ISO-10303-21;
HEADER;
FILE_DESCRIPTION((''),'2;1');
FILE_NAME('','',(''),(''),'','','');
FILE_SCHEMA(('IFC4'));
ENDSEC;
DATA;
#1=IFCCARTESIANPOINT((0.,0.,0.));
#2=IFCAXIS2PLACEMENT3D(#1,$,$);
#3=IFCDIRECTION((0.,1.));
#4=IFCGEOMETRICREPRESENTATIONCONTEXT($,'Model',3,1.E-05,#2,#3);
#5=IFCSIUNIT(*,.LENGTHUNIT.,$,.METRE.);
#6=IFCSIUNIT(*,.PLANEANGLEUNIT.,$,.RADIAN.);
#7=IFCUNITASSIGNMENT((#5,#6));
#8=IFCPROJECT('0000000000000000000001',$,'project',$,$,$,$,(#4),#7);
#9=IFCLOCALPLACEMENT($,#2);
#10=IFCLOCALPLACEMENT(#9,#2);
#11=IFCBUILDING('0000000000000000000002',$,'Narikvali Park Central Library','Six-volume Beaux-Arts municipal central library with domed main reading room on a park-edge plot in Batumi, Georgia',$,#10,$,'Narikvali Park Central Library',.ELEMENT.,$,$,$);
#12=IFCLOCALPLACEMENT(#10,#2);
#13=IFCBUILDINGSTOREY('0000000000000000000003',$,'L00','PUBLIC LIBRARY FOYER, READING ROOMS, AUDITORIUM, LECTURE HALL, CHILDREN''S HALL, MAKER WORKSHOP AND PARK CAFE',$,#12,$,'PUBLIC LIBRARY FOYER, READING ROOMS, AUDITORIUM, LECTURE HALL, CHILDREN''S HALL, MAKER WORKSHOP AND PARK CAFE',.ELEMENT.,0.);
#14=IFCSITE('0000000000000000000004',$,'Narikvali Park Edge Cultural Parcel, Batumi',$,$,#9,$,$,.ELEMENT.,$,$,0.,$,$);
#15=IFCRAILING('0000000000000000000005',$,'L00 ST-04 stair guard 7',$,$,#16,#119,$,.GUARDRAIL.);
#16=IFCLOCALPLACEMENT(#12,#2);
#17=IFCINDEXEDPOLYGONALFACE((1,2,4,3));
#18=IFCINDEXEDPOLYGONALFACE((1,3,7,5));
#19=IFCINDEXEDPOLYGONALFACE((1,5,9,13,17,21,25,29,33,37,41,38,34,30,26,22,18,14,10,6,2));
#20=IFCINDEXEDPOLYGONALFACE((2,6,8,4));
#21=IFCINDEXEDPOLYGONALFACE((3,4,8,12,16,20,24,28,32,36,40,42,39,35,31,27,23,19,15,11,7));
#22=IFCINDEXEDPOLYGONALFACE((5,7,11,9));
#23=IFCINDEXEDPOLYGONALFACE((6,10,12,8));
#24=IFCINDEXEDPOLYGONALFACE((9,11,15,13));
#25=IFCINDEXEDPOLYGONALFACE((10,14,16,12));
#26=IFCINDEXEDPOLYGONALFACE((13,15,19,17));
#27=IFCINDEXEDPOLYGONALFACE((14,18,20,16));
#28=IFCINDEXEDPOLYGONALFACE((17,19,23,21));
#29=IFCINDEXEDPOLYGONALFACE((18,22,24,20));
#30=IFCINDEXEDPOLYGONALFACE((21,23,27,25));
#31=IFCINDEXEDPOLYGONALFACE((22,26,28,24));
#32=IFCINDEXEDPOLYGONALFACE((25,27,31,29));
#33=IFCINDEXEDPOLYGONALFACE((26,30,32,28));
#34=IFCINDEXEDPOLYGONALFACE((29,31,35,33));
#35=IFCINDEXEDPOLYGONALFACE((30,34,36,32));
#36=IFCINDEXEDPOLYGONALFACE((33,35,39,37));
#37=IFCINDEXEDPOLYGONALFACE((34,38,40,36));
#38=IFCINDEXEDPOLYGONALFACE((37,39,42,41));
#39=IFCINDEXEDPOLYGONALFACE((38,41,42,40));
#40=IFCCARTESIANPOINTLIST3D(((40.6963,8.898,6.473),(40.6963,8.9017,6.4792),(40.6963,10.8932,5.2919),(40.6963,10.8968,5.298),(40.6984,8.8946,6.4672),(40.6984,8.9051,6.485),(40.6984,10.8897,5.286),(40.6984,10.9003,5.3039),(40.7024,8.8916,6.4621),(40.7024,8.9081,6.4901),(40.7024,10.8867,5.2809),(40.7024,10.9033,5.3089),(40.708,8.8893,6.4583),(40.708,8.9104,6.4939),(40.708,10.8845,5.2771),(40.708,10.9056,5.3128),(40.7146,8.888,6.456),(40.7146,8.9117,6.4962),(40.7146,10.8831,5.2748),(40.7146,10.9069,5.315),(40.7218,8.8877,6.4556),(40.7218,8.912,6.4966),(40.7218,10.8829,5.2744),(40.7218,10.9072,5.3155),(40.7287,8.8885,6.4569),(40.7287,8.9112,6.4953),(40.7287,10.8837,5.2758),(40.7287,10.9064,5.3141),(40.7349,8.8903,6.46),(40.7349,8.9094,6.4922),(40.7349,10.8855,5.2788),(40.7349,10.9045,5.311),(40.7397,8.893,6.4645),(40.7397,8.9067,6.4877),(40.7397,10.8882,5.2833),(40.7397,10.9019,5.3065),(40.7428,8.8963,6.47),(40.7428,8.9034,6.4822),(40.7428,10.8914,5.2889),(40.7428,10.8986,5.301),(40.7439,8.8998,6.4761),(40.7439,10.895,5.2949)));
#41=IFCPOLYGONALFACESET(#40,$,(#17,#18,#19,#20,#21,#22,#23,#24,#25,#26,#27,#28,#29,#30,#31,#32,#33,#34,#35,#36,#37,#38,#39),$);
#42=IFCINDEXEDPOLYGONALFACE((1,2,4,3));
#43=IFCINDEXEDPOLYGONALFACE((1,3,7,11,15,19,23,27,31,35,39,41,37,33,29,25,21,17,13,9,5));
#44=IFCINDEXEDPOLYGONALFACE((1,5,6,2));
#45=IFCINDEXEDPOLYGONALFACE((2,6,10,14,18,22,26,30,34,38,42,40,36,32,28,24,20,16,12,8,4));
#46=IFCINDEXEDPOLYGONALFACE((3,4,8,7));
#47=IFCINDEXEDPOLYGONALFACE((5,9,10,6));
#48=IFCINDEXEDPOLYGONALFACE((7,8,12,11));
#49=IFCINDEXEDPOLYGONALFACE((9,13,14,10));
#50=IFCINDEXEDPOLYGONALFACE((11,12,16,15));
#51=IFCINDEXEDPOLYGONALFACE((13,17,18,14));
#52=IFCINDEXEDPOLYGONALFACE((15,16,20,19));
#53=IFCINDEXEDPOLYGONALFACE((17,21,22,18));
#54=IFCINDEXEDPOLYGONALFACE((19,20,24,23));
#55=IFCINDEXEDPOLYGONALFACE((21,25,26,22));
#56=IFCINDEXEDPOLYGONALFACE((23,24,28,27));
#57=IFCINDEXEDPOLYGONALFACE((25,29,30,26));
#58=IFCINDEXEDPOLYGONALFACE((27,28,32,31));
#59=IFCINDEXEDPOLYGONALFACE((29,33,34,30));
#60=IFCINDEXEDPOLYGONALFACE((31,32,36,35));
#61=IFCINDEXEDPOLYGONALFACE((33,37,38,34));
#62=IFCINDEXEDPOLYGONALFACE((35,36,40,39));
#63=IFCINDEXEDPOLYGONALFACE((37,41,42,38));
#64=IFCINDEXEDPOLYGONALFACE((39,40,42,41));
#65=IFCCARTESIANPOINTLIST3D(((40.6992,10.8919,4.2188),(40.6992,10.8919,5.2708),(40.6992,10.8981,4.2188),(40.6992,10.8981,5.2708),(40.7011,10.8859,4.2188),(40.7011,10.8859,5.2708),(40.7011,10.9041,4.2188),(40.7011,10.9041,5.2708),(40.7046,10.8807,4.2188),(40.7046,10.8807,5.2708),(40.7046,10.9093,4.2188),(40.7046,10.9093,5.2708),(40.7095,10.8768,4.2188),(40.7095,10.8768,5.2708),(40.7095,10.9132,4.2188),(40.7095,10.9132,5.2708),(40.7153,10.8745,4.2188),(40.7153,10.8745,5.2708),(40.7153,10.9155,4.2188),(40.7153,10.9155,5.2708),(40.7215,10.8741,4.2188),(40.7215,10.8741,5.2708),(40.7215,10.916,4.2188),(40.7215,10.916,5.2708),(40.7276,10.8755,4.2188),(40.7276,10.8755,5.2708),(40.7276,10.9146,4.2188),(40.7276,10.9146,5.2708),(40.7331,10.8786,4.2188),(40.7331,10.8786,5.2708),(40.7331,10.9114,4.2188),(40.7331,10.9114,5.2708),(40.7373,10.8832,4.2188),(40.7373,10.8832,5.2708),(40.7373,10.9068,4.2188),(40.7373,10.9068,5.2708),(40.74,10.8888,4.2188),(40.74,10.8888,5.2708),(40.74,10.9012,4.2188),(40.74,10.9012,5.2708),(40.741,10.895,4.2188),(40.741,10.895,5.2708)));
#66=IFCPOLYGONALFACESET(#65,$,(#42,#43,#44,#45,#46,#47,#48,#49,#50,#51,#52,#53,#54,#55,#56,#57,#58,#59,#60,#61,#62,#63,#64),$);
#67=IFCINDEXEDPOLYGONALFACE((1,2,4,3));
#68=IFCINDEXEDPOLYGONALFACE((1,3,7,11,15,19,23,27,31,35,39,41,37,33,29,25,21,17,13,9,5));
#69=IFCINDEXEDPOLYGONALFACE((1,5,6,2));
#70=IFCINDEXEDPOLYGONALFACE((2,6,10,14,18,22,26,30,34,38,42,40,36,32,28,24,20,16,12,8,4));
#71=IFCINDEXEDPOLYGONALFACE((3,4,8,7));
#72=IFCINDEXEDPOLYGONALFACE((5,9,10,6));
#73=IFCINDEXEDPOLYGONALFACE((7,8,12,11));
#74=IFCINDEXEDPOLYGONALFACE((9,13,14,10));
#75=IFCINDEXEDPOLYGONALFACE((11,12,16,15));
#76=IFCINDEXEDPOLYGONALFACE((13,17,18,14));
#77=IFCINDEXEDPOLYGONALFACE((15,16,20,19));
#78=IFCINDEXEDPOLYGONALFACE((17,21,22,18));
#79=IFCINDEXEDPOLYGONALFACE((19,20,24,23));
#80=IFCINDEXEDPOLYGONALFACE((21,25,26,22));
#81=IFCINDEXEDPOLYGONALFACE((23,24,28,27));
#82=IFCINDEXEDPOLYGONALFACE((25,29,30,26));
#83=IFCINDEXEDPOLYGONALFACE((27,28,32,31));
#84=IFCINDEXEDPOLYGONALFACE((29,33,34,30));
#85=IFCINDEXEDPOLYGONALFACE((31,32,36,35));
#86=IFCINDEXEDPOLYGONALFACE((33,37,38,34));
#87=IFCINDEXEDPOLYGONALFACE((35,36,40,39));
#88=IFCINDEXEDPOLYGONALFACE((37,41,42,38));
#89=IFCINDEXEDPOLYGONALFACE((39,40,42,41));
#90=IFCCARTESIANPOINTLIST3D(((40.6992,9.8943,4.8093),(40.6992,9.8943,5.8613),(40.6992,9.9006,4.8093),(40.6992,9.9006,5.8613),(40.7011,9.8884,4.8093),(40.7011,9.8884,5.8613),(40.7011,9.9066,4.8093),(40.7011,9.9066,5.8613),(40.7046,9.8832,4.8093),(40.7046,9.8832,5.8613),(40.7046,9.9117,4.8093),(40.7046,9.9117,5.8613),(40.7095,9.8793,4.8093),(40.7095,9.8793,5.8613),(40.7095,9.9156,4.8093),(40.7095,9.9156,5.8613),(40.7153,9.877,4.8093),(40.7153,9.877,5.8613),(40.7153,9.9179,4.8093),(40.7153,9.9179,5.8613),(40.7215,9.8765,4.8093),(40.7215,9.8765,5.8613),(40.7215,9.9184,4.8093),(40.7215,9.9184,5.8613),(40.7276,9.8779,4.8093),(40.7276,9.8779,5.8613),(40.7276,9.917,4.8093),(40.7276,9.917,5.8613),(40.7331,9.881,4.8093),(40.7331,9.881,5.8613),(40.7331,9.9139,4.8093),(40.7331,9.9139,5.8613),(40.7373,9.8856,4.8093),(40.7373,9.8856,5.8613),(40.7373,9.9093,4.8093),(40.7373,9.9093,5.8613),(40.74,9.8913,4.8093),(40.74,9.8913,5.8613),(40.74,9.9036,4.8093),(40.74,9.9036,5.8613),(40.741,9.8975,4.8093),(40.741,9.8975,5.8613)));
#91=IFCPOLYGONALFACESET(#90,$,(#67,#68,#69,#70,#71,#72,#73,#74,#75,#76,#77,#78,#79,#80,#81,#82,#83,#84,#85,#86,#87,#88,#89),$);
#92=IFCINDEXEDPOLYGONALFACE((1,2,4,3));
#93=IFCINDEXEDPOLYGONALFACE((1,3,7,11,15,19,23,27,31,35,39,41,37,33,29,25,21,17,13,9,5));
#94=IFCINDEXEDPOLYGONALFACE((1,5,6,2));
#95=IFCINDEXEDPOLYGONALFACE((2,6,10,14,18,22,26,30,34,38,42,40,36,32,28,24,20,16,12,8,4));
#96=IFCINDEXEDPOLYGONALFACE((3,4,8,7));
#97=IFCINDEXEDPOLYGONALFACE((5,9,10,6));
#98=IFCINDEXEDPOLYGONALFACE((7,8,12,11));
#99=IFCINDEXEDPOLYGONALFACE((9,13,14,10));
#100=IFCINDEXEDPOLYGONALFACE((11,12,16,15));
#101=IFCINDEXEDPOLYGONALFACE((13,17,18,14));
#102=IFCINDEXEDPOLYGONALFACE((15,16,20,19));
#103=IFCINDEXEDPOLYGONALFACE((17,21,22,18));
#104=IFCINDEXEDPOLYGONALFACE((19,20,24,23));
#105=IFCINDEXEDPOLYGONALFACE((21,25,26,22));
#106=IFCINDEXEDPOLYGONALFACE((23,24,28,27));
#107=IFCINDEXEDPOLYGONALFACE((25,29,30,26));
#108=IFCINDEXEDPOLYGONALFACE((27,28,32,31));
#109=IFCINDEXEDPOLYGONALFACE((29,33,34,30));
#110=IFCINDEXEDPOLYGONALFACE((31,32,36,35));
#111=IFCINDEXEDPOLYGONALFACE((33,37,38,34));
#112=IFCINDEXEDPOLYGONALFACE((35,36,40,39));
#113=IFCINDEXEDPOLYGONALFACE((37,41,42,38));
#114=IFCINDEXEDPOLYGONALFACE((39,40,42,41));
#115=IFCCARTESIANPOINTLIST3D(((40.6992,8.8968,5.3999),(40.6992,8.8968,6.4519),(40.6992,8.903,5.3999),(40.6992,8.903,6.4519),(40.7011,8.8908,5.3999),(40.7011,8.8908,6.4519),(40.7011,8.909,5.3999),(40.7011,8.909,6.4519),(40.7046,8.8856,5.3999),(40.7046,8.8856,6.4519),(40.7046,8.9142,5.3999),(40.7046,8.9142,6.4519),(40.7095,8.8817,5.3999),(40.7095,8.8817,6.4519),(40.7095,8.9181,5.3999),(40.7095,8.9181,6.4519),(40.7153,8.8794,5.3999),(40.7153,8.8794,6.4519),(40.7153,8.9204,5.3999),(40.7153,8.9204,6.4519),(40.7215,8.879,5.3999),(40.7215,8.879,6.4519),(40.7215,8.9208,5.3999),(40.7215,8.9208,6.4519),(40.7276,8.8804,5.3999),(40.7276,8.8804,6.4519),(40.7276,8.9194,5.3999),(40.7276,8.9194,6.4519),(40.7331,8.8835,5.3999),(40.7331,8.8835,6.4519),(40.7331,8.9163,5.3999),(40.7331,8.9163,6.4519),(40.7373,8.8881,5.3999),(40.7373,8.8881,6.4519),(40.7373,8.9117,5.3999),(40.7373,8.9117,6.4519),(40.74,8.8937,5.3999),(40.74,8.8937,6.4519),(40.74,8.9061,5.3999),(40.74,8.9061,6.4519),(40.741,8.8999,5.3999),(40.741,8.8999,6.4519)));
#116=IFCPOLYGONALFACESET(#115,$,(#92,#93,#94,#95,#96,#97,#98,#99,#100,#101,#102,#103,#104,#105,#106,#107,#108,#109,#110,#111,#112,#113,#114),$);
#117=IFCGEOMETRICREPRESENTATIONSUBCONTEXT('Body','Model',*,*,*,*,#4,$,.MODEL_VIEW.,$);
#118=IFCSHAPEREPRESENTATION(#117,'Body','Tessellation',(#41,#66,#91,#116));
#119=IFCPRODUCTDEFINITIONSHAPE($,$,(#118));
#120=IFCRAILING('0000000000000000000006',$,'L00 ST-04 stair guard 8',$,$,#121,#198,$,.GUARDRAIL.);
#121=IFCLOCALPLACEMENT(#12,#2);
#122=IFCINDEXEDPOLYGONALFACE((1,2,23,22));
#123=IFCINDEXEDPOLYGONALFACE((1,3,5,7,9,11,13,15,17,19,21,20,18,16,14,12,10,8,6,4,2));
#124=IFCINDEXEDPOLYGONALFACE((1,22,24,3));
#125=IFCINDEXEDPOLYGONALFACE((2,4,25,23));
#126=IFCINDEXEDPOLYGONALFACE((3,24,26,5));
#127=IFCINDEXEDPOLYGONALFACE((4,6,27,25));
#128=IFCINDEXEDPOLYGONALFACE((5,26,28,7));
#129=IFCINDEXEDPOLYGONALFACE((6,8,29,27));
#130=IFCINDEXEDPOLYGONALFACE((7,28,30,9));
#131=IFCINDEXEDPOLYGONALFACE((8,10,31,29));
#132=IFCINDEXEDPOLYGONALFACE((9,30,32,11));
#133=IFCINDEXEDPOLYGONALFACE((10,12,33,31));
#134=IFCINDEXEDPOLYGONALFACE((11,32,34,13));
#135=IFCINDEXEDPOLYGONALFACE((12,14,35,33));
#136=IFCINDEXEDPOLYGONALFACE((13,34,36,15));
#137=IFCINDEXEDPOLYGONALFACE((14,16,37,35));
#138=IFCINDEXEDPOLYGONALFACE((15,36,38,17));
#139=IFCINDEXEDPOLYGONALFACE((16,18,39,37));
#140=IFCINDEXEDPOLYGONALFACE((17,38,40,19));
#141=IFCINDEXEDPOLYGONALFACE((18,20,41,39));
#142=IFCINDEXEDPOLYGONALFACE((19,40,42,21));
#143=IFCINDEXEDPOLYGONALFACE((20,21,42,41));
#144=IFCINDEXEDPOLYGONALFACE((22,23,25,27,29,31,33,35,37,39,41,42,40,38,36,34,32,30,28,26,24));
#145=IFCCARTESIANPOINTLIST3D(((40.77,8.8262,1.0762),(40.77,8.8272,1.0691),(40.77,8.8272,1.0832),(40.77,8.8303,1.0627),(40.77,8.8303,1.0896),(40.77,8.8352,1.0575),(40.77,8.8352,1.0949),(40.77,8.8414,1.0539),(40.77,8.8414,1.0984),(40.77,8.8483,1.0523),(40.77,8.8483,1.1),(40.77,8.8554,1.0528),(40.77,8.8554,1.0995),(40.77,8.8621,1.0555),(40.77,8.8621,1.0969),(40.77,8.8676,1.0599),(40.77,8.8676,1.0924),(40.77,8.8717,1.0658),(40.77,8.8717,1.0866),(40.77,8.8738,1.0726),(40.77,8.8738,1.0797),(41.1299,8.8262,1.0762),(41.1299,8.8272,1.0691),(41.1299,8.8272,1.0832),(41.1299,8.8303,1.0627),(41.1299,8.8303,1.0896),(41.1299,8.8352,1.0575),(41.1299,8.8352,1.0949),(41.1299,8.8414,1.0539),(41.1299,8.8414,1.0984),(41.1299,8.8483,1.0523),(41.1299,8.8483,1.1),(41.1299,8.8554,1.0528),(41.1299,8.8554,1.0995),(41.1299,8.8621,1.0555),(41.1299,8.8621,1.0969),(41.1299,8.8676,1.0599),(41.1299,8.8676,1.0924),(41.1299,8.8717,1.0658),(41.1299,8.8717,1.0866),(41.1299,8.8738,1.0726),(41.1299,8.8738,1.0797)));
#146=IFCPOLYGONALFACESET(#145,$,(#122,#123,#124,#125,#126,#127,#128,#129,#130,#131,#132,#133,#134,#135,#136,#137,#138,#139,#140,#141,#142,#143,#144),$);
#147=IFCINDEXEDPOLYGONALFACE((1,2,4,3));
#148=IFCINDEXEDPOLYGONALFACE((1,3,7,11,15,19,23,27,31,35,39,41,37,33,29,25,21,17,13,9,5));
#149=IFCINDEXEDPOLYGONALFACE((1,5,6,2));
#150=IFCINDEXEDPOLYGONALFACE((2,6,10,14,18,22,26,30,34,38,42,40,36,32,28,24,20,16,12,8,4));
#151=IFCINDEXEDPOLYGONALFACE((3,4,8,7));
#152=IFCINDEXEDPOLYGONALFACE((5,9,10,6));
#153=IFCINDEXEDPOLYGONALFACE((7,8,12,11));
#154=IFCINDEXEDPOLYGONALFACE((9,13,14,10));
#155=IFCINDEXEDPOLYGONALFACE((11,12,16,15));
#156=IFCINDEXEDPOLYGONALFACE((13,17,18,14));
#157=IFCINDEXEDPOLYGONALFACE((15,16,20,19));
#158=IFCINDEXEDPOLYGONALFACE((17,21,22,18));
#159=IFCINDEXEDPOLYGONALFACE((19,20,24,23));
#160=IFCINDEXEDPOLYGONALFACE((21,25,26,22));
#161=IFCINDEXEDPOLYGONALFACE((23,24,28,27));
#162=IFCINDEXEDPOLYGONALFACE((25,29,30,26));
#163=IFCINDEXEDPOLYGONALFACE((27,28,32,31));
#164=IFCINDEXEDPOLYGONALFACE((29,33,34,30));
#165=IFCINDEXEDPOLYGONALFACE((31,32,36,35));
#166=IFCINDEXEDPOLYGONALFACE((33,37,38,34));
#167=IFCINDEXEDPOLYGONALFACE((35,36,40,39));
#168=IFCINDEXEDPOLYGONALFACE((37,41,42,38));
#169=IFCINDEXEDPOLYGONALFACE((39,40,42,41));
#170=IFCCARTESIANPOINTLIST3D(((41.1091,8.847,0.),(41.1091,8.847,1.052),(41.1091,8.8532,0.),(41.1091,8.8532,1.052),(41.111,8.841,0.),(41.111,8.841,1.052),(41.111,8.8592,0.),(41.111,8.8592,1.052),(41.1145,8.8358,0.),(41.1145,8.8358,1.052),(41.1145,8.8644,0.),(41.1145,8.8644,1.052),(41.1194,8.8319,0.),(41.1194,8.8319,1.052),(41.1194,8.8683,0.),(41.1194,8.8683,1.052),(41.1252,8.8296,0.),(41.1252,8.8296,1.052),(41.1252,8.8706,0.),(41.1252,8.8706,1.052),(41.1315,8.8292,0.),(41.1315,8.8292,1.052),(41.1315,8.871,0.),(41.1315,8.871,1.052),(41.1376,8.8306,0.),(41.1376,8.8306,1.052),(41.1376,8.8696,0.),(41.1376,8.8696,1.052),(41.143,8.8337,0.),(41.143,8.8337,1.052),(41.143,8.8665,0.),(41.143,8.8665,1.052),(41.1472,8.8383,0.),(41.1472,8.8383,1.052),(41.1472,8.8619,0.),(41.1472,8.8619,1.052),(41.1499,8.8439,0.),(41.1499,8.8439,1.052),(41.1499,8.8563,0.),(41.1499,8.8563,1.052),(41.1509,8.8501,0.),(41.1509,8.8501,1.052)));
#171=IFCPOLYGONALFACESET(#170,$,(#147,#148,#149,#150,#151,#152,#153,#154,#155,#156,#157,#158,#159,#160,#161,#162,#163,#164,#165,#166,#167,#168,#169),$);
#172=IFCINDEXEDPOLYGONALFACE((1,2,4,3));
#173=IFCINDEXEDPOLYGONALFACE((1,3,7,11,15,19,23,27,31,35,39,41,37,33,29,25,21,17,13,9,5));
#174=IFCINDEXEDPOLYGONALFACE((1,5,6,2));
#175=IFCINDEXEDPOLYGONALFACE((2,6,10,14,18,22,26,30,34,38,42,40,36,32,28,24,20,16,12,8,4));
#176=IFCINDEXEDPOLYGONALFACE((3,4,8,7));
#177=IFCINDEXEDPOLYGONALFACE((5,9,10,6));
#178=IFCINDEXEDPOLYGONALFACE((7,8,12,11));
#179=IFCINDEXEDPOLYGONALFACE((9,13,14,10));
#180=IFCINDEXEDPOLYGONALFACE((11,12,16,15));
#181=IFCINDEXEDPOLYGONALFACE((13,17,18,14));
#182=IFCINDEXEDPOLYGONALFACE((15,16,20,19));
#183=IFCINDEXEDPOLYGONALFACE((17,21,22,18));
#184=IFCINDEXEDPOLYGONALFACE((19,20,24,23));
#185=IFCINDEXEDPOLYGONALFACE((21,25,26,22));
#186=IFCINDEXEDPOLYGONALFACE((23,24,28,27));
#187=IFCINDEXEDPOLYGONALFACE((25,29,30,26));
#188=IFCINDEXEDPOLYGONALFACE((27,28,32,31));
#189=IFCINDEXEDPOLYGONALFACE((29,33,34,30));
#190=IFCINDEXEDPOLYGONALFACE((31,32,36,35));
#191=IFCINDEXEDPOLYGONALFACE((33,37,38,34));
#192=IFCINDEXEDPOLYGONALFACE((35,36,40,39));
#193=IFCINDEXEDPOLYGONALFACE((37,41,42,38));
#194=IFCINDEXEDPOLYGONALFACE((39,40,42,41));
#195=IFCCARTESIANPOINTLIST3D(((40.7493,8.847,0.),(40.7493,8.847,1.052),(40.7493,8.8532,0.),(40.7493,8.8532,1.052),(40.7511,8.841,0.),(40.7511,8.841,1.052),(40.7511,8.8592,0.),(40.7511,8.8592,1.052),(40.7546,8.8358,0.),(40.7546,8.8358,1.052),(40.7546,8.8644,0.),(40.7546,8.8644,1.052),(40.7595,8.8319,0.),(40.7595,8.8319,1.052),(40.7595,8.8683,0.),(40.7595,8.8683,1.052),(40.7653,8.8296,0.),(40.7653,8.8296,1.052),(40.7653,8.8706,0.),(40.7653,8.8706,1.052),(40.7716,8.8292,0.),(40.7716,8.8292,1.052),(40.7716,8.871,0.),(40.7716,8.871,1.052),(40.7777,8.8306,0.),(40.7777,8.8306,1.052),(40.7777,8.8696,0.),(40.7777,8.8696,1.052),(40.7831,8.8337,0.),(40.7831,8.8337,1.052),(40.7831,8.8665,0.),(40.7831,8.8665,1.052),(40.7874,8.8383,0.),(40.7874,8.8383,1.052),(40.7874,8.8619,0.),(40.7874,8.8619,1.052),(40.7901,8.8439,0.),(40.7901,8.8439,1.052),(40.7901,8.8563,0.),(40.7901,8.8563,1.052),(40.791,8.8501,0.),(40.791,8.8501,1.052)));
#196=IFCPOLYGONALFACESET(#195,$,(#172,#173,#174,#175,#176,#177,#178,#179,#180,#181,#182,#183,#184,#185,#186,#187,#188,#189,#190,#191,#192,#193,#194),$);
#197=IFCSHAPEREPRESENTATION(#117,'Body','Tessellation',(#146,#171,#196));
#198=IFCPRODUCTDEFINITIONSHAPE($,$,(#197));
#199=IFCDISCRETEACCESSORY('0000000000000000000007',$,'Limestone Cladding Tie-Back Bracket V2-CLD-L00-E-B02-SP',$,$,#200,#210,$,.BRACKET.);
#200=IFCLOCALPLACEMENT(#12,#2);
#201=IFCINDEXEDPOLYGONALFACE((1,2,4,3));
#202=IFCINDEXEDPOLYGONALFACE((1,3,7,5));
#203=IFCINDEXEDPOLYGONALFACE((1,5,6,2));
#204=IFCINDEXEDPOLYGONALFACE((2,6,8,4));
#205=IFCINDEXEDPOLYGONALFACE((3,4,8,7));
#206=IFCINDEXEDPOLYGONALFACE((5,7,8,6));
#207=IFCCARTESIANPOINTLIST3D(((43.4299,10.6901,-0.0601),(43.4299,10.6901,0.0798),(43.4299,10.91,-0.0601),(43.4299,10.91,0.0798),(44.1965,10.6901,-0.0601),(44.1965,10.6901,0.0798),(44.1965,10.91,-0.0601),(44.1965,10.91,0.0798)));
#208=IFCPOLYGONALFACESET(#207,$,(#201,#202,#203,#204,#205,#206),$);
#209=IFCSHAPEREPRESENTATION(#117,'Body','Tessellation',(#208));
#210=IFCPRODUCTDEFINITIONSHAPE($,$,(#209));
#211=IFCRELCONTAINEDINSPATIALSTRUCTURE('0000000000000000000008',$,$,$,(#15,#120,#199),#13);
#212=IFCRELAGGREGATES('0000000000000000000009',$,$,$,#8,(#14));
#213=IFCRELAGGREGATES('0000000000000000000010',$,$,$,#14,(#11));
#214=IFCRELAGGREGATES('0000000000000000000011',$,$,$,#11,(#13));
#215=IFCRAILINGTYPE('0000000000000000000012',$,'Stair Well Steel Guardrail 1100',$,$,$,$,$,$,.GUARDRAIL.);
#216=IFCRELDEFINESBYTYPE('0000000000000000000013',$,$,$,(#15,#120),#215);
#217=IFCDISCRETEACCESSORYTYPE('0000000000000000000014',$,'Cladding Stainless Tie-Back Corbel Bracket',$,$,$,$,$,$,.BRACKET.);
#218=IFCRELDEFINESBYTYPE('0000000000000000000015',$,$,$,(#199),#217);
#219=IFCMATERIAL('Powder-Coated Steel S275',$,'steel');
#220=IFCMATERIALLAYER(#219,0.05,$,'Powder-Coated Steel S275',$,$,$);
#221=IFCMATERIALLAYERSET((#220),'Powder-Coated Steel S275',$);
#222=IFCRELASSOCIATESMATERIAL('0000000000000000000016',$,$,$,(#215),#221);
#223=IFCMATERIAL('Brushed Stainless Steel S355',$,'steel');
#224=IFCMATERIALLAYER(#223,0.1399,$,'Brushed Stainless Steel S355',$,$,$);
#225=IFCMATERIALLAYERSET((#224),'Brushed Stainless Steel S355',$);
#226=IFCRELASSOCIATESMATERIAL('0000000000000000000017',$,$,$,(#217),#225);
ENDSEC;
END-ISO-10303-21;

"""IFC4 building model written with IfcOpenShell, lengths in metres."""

from ifc_helpers import new_model, si_unit, direction, frame, origin, origin_2d, place, context, subcontext, project, spatial, rectangle, circle, extrude, material, layer, layer_set, type_object, element, save


model = new_model("IFC4")

# Units and contexts
model_context = context("Model", 3, precision=1e-05, world=origin(), true_north=direction((0.0, 1.0)))
body_context = subcontext(model_context, "Body", "Model", "MODEL_VIEW")
ifc_project = project(units=[si_unit("LENGTHUNIT", "METRE"), si_unit("PLANEANGLEUNIT", "RADIAN")], contexts=[model_context])

# Site, building, storey
site_placement = place(None, origin())
site = spatial("IfcSite", under=ifc_project, at=site_placement, Name="Narikvali Park Edge Cultural Parcel, Batumi", CompositionType="ELEMENT", RefElevation=0.0)
building_placement = place(site_placement, origin())
building = spatial("IfcBuilding", under=site, at=building_placement, Name="Narikvali Park Central Library", Description="Six-volume Beaux-Arts municipal central library with domed main reading room on a park-edge plot in Batumi, Georgia", LongName="Narikvali Park Central Library", CompositionType="ELEMENT")
storey_placement = place(building_placement, origin())
storey = spatial("IfcBuildingStorey", under=building, at=storey_placement, Name="L00", Description="PUBLIC LIBRARY FOYER, READING ROOMS, AUDITORIUM, LECTURE HALL, CHILDREN'S HALL, MAKER WORKSHOP AND PARK CAFE", LongName="PUBLIC LIBRARY FOYER, READING ROOMS, AUDITORIUM, LECTURE HALL, CHILDREN'S HALL, MAKER WORKSHOP AND PARK CAFE", CompositionType="ELEMENT", Elevation=0.0)

# Railings
ifc_material_1 = material(Name="Brushed Stainless Steel S355", Category="steel")
ifc_material_2 = material(Name="Powder-Coated Steel S275", Category="steel")
ifc_layer_1 = layer(ifc_material_2, 0.05, Name="Powder-Coated Steel S275")
ifc_layer_set_1 = layer_set([ifc_layer_1], Name="Powder-Coated Steel S275")
railing_type_1 = type_object("IfcRailingType", Name="Stair Well Steel Guardrail 1100", PredefinedType="GUARDRAIL", material=ifc_layer_set_1)
railing_1_placement = place(storey_placement, frame((40.72, 10.895, 4.2188)))
element("IfcRailing", 1, at=railing_1_placement, inside=storey, type_object=railing_type_1, Name="L00 ST-04 stair guard 7", PredefinedType="GUARDRAIL", context=body_context, shape_type="SweptSolid", body=[
    extrude(circle(Radius=0.0239, at=origin_2d()), frame((0.0, 0.0, 1.0762), z_axis=(0.0, -0.860507, 0.509439), x_axis=(1.0, 0.0, 0.0)), (0.0, 0.0, 1.0), 2.3186),
    extrude(circle(Radius=0.021, at=origin_2d()), origin(), (0.0, 0.0, 1.0), 1.052),
    extrude(circle(Radius=0.021, at=origin_2d()), frame((0.0, -0.9976, 0.5906)), (0.0, 0.0, 1.0), 1.052),
    extrude(circle(Radius=0.021, at=origin_2d()), frame((0.0, -1.9951, 1.1812)), (0.0, 0.0, 1.0), 1.052),
])
railing_2_placement = place(storey_placement, frame((41.1299, 8.8501, 0.0)))
element("IfcRailing", 2, at=railing_2_placement, inside=storey, type_object=railing_type_1, Name="L00 ST-04 stair guard 8", PredefinedType="GUARDRAIL", context=body_context, shape_type="SweptSolid", body=[
    extrude(circle(Radius=0.0239, at=origin_2d()), frame((0.0, 0.0, 1.0762), z_axis=(-1.0, 0.0, 0.0), x_axis=(0.0, -1.0, 0.0)), (0.0, 0.0, 1.0), 0.3599),
    extrude(circle(Radius=0.021, at=origin_2d()), origin(), (0.0, 0.0, 1.0), 1.052),
    extrude(circle(Radius=0.021, at=origin_2d()), frame((-0.3599, 0.0, 0.0)), (0.0, 0.0, 1.0), 1.052),
])

# Discrete accessory
ifc_layer_2 = layer(ifc_material_1, 0.1399, Name="Brushed Stainless Steel S355")
ifc_layer_set_2 = layer_set([ifc_layer_2], Name="Brushed Stainless Steel S355")
discrete_accessory_type = type_object("IfcDiscreteAccessoryType", Name="Cladding Stainless Tie-Back Corbel Bracket", PredefinedType="BRACKET", material=ifc_layer_set_2)
discrete_accessory_1_placement = place(storey_placement, frame((43.8132, 10.8, -0.0601), z_axis=(0.0, 0.0, 1.0), x_axis=(1.0, 0.0, 0.0)))
element("IfcDiscreteAccessory", 3, at=discrete_accessory_1_placement, inside=storey, type_object=discrete_accessory_type, Name="Limestone Cladding Tie-Back Bracket V2-CLD-L00-E-B02-SP", PredefinedType="BRACKET", context=body_context, shape_type="SweptSolid", body=[
    extrude(rectangle(XDim=0.7666, YDim=0.22, at=origin_2d()), origin(), (0.0, 0.0, 1.0), 0.1399),
])

save(model, "model.ifc")
